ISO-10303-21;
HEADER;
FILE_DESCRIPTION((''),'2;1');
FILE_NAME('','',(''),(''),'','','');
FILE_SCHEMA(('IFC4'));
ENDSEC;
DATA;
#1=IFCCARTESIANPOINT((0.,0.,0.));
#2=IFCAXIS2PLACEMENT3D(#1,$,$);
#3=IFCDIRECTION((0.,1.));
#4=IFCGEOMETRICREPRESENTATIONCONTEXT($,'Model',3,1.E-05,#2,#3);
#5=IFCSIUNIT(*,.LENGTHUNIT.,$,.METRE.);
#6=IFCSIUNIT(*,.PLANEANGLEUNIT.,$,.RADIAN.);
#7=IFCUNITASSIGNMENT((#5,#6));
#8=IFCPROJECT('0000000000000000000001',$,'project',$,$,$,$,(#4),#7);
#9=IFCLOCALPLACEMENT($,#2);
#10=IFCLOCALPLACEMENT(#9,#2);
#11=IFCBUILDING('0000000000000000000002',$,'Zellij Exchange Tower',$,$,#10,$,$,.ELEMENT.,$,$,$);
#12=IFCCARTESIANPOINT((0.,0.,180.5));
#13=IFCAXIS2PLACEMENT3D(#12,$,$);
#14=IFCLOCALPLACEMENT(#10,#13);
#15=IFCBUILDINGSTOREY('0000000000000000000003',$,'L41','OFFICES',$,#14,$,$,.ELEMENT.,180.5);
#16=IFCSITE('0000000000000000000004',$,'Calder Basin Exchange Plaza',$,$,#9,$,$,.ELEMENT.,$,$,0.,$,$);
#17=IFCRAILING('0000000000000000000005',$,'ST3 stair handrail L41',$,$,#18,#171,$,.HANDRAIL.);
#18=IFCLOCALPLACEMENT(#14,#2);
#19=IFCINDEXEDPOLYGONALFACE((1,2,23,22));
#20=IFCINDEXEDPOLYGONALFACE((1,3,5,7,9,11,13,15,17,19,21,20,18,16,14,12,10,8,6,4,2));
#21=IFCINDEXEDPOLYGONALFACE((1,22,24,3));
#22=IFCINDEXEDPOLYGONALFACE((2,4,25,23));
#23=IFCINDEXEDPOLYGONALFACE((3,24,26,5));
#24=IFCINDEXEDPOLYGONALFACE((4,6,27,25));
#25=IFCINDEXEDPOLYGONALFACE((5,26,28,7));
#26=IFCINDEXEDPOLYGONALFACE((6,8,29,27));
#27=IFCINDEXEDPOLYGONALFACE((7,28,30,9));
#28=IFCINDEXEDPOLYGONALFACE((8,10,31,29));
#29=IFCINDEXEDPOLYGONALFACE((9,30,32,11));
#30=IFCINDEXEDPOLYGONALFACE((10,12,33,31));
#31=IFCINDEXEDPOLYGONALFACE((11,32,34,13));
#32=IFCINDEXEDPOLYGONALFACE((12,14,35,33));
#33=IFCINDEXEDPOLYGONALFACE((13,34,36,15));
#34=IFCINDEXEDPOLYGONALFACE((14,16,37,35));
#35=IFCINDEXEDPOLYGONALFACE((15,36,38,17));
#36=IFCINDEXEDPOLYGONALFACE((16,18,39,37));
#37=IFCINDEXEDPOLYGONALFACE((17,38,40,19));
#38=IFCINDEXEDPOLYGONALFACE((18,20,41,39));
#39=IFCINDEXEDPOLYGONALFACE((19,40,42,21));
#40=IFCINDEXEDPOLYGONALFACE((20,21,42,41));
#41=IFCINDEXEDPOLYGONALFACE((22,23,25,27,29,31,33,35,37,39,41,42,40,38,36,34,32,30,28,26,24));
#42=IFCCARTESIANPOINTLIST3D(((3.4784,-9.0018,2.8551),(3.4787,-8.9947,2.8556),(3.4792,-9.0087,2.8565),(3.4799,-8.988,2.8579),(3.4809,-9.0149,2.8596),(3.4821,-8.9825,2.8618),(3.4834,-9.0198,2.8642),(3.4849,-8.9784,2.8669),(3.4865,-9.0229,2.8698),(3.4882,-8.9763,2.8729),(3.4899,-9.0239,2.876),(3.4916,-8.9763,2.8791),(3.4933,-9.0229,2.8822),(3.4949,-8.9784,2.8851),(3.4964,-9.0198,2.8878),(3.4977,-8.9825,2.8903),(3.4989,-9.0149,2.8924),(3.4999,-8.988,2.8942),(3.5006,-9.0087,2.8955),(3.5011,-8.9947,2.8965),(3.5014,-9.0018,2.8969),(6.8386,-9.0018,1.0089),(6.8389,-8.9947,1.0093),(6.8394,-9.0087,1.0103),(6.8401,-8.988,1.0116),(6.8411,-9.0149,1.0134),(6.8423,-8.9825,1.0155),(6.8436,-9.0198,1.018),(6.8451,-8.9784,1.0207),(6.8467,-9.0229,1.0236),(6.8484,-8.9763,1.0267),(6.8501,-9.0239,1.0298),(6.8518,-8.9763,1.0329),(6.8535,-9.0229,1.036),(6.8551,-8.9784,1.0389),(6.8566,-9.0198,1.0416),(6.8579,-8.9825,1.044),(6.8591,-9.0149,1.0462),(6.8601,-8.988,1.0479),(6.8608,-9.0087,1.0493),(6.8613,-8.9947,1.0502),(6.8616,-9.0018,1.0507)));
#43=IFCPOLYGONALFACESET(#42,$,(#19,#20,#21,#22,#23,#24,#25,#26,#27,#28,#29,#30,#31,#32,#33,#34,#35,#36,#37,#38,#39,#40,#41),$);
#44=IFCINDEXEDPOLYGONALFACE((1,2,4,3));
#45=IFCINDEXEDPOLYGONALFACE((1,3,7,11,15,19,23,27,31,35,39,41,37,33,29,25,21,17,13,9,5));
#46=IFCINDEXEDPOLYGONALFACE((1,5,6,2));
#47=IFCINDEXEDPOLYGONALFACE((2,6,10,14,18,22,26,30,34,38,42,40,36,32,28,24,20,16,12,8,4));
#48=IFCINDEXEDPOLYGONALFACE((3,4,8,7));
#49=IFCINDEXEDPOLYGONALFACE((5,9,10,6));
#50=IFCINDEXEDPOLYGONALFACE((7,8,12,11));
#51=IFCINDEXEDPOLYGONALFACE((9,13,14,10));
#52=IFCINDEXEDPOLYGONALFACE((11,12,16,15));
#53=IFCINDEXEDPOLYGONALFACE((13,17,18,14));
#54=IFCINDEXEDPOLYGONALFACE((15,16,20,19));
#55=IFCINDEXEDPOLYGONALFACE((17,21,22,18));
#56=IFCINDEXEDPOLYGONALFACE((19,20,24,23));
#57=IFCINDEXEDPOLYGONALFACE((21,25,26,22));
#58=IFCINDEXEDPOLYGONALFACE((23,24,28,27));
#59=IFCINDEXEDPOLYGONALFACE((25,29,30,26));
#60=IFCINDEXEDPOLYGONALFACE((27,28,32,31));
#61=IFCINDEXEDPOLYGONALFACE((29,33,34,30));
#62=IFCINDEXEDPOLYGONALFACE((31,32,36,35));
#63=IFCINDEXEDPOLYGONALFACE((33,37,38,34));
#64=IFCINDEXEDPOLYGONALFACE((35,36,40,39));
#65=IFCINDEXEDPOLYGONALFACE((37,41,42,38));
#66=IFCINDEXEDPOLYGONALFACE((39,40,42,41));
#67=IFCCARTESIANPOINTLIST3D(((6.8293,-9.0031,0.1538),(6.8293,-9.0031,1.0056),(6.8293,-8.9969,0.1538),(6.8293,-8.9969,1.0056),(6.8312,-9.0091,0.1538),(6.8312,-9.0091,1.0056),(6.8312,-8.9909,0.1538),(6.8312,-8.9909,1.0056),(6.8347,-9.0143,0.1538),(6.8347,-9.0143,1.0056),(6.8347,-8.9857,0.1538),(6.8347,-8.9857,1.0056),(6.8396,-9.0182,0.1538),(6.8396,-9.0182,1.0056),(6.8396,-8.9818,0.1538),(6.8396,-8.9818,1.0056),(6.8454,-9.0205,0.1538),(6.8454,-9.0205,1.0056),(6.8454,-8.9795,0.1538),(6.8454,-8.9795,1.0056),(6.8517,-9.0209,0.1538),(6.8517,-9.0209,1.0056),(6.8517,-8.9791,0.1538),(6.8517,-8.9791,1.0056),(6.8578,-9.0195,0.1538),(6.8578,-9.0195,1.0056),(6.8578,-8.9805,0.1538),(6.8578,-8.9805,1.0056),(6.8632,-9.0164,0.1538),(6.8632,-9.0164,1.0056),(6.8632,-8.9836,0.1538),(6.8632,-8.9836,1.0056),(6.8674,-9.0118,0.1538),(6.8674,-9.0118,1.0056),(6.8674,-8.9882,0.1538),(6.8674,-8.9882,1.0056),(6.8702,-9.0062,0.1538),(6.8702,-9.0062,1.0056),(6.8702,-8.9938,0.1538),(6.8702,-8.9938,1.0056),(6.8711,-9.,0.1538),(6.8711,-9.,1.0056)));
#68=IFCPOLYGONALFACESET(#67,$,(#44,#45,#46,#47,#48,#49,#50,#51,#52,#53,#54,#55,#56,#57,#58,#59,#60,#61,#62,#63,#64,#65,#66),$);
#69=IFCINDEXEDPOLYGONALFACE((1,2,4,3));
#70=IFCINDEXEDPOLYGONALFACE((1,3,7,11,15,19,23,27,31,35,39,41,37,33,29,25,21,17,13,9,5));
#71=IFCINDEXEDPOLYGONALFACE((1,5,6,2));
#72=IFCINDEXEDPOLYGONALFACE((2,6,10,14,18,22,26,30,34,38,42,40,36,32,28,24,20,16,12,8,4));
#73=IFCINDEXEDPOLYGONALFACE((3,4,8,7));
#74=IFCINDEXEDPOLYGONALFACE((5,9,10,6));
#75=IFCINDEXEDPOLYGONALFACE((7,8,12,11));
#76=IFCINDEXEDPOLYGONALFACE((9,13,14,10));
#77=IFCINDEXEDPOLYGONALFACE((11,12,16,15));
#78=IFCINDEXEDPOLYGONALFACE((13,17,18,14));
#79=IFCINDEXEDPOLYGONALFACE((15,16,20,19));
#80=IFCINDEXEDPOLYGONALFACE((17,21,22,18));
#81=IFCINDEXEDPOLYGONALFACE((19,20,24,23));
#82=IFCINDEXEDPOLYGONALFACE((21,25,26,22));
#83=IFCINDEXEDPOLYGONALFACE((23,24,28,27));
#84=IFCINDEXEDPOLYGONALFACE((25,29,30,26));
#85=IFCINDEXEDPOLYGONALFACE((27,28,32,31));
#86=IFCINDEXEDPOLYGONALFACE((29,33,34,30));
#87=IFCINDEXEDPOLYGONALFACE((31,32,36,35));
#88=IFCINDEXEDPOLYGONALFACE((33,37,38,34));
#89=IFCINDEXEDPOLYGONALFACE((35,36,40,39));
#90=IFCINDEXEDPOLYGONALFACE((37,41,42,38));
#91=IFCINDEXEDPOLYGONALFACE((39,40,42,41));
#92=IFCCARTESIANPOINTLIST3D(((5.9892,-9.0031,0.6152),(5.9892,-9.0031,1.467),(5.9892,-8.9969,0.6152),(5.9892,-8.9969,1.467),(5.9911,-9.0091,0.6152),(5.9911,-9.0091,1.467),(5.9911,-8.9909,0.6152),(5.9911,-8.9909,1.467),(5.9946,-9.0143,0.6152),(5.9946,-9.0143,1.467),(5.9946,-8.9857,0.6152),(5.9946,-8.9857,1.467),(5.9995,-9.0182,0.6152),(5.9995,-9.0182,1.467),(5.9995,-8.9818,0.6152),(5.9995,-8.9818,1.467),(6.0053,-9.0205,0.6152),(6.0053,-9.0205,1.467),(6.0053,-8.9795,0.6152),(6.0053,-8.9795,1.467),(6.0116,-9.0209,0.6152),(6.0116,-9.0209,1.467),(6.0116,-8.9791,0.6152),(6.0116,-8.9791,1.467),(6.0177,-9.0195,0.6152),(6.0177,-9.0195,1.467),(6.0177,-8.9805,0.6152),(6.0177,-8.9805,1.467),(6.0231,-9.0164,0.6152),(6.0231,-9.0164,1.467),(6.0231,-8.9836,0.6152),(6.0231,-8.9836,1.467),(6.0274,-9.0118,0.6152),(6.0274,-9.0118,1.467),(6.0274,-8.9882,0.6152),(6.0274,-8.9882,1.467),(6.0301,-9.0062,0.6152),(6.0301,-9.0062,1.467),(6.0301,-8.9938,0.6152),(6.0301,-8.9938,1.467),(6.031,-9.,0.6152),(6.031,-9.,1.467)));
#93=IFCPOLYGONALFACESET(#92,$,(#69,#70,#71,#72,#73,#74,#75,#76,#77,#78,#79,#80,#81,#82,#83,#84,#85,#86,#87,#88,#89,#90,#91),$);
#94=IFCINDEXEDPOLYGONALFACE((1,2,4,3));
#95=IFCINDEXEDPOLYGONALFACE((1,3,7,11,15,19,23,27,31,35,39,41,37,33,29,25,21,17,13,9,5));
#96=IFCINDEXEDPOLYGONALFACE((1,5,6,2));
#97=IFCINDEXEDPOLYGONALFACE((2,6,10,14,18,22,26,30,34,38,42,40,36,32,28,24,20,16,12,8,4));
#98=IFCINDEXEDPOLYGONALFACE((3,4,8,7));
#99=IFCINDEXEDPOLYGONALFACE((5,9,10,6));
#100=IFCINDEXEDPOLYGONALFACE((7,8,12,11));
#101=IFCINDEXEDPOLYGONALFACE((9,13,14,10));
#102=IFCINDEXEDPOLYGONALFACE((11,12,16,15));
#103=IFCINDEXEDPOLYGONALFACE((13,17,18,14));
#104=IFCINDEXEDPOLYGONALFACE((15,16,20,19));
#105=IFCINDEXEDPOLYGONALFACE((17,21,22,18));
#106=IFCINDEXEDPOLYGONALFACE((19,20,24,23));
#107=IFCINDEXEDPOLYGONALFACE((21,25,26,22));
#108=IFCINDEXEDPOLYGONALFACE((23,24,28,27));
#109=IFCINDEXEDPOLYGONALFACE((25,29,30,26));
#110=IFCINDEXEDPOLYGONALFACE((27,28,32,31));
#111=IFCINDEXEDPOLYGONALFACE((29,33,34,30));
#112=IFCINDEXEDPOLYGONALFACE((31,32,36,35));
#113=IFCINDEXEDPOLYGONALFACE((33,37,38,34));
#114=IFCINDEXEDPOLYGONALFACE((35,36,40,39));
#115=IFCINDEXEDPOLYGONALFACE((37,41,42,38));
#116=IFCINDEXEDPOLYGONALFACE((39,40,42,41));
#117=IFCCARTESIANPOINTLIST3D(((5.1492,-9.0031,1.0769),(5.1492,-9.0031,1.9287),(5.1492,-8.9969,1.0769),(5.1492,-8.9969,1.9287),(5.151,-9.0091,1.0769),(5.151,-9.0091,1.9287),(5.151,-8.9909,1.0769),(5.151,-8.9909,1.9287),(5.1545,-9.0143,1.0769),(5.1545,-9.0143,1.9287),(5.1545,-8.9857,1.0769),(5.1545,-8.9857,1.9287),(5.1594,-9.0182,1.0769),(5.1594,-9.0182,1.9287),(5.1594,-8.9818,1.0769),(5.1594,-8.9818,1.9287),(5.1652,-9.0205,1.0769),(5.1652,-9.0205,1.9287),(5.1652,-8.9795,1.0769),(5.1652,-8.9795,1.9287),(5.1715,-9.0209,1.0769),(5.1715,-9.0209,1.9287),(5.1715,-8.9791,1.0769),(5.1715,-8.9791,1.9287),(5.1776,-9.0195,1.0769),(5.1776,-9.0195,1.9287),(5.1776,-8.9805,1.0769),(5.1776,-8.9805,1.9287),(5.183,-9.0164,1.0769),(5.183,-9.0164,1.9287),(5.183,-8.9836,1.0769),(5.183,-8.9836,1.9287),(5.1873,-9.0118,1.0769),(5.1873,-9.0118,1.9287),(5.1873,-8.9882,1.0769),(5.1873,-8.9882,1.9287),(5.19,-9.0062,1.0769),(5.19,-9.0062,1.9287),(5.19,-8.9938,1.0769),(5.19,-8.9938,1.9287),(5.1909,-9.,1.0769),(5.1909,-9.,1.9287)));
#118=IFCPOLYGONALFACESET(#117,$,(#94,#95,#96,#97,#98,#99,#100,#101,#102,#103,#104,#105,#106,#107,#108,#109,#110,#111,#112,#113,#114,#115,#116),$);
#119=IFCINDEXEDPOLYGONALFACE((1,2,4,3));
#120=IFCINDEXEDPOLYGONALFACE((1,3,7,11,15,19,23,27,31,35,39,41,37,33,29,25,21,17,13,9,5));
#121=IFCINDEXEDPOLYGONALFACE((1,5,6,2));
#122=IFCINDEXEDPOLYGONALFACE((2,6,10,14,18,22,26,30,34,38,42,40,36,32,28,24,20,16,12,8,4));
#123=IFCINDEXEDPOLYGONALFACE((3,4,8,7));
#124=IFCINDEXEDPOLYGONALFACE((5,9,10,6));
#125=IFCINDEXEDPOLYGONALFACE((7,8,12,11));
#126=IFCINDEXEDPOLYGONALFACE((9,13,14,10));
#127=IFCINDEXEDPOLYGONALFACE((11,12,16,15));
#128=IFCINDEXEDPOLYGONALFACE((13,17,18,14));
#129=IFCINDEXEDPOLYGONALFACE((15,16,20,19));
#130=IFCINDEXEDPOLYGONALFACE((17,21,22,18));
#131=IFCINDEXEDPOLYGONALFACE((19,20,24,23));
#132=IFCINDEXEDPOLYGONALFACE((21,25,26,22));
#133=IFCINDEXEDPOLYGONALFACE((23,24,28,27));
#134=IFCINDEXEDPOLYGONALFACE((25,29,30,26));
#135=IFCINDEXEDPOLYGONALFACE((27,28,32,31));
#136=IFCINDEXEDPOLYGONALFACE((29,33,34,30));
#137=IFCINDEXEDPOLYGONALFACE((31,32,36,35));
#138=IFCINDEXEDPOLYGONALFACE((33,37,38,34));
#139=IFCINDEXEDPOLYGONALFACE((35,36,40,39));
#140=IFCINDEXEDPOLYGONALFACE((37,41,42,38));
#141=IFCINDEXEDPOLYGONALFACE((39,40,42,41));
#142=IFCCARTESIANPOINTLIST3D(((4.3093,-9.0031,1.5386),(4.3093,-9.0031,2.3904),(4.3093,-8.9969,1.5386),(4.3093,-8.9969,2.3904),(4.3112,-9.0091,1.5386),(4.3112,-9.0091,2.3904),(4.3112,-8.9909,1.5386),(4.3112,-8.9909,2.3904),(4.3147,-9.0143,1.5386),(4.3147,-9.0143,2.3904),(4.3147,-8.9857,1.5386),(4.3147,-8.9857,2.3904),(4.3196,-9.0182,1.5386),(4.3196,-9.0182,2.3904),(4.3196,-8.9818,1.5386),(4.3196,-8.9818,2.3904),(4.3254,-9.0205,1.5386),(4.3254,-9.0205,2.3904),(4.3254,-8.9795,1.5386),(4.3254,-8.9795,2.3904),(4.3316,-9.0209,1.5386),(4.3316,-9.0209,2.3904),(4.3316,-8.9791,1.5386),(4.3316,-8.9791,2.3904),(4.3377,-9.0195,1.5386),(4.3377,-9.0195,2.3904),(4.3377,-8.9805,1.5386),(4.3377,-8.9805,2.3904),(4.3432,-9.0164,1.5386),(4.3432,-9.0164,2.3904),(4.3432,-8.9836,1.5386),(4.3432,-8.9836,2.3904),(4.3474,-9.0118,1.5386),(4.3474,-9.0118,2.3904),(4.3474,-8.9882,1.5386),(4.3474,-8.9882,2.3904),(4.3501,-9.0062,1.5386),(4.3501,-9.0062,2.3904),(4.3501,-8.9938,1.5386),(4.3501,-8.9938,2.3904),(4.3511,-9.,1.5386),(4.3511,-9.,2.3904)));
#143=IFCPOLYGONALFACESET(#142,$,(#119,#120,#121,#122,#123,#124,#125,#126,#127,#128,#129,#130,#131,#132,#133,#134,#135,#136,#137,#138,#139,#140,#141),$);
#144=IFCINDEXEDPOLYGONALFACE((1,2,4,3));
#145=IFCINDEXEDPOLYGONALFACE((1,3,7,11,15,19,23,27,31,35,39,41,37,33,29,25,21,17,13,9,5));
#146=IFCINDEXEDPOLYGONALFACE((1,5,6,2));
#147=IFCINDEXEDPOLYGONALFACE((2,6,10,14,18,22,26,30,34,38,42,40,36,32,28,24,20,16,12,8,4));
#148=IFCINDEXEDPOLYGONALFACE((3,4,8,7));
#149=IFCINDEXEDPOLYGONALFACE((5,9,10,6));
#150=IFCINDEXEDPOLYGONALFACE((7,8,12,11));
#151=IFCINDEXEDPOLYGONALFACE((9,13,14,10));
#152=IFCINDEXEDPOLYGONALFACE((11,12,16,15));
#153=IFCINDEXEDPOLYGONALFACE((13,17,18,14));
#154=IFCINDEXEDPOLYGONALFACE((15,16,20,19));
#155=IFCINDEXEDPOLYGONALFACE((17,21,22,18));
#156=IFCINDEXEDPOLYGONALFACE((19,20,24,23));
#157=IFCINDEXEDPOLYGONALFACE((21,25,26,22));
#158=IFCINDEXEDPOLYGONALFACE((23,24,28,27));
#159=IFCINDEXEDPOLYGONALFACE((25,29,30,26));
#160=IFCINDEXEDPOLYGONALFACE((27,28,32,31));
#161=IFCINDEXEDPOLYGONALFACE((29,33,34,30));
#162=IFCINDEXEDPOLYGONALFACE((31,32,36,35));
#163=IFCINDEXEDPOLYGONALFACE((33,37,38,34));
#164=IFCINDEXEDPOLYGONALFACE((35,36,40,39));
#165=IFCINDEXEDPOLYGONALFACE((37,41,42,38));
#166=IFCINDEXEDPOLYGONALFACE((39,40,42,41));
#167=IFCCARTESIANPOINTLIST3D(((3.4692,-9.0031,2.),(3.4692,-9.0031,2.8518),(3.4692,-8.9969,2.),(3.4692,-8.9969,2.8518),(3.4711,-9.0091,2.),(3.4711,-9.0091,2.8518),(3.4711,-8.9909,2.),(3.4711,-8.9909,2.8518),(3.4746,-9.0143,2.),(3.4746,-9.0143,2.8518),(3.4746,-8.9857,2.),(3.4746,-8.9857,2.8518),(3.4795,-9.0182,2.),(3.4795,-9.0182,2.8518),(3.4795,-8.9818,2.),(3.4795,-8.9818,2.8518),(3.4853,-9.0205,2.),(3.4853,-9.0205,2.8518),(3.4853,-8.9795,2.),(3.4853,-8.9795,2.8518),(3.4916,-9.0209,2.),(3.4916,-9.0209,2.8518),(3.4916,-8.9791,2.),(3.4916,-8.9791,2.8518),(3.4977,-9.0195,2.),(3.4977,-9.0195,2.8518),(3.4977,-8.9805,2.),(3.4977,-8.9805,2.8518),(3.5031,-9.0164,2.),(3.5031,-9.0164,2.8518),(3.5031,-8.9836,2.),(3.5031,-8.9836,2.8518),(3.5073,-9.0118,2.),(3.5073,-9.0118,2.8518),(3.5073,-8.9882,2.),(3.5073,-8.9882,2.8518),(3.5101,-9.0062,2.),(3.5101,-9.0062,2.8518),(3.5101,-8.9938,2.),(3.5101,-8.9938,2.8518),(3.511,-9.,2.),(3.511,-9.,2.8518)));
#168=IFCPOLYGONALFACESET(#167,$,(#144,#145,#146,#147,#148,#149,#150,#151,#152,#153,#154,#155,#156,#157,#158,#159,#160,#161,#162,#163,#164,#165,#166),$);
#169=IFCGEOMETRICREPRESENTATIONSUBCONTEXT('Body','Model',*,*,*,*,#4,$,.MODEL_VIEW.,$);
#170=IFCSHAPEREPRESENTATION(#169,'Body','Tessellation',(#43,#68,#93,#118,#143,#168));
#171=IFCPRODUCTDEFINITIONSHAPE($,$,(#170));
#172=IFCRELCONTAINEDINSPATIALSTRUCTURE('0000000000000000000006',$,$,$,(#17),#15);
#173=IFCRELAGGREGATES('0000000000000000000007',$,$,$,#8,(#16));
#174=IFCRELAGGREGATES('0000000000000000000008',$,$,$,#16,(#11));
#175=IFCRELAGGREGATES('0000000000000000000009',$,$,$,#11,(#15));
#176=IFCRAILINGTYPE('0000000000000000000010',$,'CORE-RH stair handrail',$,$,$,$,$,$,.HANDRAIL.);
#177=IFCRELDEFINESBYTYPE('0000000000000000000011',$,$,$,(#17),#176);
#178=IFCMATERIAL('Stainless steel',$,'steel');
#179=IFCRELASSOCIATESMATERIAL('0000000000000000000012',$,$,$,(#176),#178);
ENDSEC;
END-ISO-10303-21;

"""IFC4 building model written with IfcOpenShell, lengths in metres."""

from ifc_helpers import new_model, si_unit, direction, frame, origin, origin_2d, place, context, subcontext, project, spatial, circle, extrude, material, type_object, element, save


model = new_model("IFC4")

# Units and contexts
model_context = context("Model", 3, precision=1e-05, world=origin(), true_north=direction((0.0, 1.0)))
body_context = subcontext(model_context, "Body", "Model", "MODEL_VIEW")
ifc_project = project(units=[si_unit("LENGTHUNIT", "METRE"), si_unit("PLANEANGLEUNIT", "RADIAN")], contexts=[model_context])

# Site, building, storey
site_placement = place(None, origin())
site = spatial("IfcSite", under=ifc_project, at=site_placement, Name="Calder Basin Exchange Plaza", CompositionType="ELEMENT", RefElevation=0.0)
building_placement = place(site_placement, origin())
building = spatial("IfcBuilding", under=site, at=building_placement, Name="Zellij Exchange Tower", CompositionType="ELEMENT")
storey_placement = place(building_placement, frame((0.0, 0.0, 180.5)))
storey = spatial("IfcBuildingStorey", under=building, at=storey_placement, Name="L41", Description="OFFICES", CompositionType="ELEMENT", Elevation=180.5)

# Railing
ifc_material_1 = material(Name="Stainless steel", Category="steel")
railing_type_1 = type_object("IfcRailingType", Name="CORE-RH stair handrail", PredefinedType="HANDRAIL", material=ifc_material_1)
railing_1_placement = place(storey_placement, frame((6.8501, -9.0, 0.1538)))
element("IfcRailing", 1, at=railing_1_placement, inside=storey, type_object=railing_type_1, Name="ST3 stair handrail L41", PredefinedType="HANDRAIL", context=body_context, shape_type="SweptSolid", body=[
    extrude(circle(Radius=0.0239, at=origin_2d()), frame((0.0, 0.0, 0.876), z_axis=(-0.876422, 0.0, 0.481545), x_axis=(0.0, -1.0, 0.0)), (0.0, 0.0, 1.0), 3.834),
    extrude(circle(Radius=0.021, at=origin_2d()), origin(), (0.0, 0.0, 1.0), 0.8518),
    extrude(circle(Radius=0.021, at=origin_2d()), frame((-0.8401, 0.0, 0.4614)), (0.0, 0.0, 1.0), 0.8518),
    extrude(circle(Radius=0.021, at=origin_2d()), frame((-1.6802, 0.0, 0.9231)), (0.0, 0.0, 1.0), 0.8518),
    extrude(circle(Radius=0.021, at=origin_2d()), frame((-2.52, 0.0, 1.3848)), (0.0, 0.0, 1.0), 0.8518),
    extrude(circle(Radius=0.021, at=origin_2d()), frame((-3.3601, 0.0, 1.8462)), (0.0, 0.0, 1.0), 0.8518),
])

save(model, "model.ifc")
